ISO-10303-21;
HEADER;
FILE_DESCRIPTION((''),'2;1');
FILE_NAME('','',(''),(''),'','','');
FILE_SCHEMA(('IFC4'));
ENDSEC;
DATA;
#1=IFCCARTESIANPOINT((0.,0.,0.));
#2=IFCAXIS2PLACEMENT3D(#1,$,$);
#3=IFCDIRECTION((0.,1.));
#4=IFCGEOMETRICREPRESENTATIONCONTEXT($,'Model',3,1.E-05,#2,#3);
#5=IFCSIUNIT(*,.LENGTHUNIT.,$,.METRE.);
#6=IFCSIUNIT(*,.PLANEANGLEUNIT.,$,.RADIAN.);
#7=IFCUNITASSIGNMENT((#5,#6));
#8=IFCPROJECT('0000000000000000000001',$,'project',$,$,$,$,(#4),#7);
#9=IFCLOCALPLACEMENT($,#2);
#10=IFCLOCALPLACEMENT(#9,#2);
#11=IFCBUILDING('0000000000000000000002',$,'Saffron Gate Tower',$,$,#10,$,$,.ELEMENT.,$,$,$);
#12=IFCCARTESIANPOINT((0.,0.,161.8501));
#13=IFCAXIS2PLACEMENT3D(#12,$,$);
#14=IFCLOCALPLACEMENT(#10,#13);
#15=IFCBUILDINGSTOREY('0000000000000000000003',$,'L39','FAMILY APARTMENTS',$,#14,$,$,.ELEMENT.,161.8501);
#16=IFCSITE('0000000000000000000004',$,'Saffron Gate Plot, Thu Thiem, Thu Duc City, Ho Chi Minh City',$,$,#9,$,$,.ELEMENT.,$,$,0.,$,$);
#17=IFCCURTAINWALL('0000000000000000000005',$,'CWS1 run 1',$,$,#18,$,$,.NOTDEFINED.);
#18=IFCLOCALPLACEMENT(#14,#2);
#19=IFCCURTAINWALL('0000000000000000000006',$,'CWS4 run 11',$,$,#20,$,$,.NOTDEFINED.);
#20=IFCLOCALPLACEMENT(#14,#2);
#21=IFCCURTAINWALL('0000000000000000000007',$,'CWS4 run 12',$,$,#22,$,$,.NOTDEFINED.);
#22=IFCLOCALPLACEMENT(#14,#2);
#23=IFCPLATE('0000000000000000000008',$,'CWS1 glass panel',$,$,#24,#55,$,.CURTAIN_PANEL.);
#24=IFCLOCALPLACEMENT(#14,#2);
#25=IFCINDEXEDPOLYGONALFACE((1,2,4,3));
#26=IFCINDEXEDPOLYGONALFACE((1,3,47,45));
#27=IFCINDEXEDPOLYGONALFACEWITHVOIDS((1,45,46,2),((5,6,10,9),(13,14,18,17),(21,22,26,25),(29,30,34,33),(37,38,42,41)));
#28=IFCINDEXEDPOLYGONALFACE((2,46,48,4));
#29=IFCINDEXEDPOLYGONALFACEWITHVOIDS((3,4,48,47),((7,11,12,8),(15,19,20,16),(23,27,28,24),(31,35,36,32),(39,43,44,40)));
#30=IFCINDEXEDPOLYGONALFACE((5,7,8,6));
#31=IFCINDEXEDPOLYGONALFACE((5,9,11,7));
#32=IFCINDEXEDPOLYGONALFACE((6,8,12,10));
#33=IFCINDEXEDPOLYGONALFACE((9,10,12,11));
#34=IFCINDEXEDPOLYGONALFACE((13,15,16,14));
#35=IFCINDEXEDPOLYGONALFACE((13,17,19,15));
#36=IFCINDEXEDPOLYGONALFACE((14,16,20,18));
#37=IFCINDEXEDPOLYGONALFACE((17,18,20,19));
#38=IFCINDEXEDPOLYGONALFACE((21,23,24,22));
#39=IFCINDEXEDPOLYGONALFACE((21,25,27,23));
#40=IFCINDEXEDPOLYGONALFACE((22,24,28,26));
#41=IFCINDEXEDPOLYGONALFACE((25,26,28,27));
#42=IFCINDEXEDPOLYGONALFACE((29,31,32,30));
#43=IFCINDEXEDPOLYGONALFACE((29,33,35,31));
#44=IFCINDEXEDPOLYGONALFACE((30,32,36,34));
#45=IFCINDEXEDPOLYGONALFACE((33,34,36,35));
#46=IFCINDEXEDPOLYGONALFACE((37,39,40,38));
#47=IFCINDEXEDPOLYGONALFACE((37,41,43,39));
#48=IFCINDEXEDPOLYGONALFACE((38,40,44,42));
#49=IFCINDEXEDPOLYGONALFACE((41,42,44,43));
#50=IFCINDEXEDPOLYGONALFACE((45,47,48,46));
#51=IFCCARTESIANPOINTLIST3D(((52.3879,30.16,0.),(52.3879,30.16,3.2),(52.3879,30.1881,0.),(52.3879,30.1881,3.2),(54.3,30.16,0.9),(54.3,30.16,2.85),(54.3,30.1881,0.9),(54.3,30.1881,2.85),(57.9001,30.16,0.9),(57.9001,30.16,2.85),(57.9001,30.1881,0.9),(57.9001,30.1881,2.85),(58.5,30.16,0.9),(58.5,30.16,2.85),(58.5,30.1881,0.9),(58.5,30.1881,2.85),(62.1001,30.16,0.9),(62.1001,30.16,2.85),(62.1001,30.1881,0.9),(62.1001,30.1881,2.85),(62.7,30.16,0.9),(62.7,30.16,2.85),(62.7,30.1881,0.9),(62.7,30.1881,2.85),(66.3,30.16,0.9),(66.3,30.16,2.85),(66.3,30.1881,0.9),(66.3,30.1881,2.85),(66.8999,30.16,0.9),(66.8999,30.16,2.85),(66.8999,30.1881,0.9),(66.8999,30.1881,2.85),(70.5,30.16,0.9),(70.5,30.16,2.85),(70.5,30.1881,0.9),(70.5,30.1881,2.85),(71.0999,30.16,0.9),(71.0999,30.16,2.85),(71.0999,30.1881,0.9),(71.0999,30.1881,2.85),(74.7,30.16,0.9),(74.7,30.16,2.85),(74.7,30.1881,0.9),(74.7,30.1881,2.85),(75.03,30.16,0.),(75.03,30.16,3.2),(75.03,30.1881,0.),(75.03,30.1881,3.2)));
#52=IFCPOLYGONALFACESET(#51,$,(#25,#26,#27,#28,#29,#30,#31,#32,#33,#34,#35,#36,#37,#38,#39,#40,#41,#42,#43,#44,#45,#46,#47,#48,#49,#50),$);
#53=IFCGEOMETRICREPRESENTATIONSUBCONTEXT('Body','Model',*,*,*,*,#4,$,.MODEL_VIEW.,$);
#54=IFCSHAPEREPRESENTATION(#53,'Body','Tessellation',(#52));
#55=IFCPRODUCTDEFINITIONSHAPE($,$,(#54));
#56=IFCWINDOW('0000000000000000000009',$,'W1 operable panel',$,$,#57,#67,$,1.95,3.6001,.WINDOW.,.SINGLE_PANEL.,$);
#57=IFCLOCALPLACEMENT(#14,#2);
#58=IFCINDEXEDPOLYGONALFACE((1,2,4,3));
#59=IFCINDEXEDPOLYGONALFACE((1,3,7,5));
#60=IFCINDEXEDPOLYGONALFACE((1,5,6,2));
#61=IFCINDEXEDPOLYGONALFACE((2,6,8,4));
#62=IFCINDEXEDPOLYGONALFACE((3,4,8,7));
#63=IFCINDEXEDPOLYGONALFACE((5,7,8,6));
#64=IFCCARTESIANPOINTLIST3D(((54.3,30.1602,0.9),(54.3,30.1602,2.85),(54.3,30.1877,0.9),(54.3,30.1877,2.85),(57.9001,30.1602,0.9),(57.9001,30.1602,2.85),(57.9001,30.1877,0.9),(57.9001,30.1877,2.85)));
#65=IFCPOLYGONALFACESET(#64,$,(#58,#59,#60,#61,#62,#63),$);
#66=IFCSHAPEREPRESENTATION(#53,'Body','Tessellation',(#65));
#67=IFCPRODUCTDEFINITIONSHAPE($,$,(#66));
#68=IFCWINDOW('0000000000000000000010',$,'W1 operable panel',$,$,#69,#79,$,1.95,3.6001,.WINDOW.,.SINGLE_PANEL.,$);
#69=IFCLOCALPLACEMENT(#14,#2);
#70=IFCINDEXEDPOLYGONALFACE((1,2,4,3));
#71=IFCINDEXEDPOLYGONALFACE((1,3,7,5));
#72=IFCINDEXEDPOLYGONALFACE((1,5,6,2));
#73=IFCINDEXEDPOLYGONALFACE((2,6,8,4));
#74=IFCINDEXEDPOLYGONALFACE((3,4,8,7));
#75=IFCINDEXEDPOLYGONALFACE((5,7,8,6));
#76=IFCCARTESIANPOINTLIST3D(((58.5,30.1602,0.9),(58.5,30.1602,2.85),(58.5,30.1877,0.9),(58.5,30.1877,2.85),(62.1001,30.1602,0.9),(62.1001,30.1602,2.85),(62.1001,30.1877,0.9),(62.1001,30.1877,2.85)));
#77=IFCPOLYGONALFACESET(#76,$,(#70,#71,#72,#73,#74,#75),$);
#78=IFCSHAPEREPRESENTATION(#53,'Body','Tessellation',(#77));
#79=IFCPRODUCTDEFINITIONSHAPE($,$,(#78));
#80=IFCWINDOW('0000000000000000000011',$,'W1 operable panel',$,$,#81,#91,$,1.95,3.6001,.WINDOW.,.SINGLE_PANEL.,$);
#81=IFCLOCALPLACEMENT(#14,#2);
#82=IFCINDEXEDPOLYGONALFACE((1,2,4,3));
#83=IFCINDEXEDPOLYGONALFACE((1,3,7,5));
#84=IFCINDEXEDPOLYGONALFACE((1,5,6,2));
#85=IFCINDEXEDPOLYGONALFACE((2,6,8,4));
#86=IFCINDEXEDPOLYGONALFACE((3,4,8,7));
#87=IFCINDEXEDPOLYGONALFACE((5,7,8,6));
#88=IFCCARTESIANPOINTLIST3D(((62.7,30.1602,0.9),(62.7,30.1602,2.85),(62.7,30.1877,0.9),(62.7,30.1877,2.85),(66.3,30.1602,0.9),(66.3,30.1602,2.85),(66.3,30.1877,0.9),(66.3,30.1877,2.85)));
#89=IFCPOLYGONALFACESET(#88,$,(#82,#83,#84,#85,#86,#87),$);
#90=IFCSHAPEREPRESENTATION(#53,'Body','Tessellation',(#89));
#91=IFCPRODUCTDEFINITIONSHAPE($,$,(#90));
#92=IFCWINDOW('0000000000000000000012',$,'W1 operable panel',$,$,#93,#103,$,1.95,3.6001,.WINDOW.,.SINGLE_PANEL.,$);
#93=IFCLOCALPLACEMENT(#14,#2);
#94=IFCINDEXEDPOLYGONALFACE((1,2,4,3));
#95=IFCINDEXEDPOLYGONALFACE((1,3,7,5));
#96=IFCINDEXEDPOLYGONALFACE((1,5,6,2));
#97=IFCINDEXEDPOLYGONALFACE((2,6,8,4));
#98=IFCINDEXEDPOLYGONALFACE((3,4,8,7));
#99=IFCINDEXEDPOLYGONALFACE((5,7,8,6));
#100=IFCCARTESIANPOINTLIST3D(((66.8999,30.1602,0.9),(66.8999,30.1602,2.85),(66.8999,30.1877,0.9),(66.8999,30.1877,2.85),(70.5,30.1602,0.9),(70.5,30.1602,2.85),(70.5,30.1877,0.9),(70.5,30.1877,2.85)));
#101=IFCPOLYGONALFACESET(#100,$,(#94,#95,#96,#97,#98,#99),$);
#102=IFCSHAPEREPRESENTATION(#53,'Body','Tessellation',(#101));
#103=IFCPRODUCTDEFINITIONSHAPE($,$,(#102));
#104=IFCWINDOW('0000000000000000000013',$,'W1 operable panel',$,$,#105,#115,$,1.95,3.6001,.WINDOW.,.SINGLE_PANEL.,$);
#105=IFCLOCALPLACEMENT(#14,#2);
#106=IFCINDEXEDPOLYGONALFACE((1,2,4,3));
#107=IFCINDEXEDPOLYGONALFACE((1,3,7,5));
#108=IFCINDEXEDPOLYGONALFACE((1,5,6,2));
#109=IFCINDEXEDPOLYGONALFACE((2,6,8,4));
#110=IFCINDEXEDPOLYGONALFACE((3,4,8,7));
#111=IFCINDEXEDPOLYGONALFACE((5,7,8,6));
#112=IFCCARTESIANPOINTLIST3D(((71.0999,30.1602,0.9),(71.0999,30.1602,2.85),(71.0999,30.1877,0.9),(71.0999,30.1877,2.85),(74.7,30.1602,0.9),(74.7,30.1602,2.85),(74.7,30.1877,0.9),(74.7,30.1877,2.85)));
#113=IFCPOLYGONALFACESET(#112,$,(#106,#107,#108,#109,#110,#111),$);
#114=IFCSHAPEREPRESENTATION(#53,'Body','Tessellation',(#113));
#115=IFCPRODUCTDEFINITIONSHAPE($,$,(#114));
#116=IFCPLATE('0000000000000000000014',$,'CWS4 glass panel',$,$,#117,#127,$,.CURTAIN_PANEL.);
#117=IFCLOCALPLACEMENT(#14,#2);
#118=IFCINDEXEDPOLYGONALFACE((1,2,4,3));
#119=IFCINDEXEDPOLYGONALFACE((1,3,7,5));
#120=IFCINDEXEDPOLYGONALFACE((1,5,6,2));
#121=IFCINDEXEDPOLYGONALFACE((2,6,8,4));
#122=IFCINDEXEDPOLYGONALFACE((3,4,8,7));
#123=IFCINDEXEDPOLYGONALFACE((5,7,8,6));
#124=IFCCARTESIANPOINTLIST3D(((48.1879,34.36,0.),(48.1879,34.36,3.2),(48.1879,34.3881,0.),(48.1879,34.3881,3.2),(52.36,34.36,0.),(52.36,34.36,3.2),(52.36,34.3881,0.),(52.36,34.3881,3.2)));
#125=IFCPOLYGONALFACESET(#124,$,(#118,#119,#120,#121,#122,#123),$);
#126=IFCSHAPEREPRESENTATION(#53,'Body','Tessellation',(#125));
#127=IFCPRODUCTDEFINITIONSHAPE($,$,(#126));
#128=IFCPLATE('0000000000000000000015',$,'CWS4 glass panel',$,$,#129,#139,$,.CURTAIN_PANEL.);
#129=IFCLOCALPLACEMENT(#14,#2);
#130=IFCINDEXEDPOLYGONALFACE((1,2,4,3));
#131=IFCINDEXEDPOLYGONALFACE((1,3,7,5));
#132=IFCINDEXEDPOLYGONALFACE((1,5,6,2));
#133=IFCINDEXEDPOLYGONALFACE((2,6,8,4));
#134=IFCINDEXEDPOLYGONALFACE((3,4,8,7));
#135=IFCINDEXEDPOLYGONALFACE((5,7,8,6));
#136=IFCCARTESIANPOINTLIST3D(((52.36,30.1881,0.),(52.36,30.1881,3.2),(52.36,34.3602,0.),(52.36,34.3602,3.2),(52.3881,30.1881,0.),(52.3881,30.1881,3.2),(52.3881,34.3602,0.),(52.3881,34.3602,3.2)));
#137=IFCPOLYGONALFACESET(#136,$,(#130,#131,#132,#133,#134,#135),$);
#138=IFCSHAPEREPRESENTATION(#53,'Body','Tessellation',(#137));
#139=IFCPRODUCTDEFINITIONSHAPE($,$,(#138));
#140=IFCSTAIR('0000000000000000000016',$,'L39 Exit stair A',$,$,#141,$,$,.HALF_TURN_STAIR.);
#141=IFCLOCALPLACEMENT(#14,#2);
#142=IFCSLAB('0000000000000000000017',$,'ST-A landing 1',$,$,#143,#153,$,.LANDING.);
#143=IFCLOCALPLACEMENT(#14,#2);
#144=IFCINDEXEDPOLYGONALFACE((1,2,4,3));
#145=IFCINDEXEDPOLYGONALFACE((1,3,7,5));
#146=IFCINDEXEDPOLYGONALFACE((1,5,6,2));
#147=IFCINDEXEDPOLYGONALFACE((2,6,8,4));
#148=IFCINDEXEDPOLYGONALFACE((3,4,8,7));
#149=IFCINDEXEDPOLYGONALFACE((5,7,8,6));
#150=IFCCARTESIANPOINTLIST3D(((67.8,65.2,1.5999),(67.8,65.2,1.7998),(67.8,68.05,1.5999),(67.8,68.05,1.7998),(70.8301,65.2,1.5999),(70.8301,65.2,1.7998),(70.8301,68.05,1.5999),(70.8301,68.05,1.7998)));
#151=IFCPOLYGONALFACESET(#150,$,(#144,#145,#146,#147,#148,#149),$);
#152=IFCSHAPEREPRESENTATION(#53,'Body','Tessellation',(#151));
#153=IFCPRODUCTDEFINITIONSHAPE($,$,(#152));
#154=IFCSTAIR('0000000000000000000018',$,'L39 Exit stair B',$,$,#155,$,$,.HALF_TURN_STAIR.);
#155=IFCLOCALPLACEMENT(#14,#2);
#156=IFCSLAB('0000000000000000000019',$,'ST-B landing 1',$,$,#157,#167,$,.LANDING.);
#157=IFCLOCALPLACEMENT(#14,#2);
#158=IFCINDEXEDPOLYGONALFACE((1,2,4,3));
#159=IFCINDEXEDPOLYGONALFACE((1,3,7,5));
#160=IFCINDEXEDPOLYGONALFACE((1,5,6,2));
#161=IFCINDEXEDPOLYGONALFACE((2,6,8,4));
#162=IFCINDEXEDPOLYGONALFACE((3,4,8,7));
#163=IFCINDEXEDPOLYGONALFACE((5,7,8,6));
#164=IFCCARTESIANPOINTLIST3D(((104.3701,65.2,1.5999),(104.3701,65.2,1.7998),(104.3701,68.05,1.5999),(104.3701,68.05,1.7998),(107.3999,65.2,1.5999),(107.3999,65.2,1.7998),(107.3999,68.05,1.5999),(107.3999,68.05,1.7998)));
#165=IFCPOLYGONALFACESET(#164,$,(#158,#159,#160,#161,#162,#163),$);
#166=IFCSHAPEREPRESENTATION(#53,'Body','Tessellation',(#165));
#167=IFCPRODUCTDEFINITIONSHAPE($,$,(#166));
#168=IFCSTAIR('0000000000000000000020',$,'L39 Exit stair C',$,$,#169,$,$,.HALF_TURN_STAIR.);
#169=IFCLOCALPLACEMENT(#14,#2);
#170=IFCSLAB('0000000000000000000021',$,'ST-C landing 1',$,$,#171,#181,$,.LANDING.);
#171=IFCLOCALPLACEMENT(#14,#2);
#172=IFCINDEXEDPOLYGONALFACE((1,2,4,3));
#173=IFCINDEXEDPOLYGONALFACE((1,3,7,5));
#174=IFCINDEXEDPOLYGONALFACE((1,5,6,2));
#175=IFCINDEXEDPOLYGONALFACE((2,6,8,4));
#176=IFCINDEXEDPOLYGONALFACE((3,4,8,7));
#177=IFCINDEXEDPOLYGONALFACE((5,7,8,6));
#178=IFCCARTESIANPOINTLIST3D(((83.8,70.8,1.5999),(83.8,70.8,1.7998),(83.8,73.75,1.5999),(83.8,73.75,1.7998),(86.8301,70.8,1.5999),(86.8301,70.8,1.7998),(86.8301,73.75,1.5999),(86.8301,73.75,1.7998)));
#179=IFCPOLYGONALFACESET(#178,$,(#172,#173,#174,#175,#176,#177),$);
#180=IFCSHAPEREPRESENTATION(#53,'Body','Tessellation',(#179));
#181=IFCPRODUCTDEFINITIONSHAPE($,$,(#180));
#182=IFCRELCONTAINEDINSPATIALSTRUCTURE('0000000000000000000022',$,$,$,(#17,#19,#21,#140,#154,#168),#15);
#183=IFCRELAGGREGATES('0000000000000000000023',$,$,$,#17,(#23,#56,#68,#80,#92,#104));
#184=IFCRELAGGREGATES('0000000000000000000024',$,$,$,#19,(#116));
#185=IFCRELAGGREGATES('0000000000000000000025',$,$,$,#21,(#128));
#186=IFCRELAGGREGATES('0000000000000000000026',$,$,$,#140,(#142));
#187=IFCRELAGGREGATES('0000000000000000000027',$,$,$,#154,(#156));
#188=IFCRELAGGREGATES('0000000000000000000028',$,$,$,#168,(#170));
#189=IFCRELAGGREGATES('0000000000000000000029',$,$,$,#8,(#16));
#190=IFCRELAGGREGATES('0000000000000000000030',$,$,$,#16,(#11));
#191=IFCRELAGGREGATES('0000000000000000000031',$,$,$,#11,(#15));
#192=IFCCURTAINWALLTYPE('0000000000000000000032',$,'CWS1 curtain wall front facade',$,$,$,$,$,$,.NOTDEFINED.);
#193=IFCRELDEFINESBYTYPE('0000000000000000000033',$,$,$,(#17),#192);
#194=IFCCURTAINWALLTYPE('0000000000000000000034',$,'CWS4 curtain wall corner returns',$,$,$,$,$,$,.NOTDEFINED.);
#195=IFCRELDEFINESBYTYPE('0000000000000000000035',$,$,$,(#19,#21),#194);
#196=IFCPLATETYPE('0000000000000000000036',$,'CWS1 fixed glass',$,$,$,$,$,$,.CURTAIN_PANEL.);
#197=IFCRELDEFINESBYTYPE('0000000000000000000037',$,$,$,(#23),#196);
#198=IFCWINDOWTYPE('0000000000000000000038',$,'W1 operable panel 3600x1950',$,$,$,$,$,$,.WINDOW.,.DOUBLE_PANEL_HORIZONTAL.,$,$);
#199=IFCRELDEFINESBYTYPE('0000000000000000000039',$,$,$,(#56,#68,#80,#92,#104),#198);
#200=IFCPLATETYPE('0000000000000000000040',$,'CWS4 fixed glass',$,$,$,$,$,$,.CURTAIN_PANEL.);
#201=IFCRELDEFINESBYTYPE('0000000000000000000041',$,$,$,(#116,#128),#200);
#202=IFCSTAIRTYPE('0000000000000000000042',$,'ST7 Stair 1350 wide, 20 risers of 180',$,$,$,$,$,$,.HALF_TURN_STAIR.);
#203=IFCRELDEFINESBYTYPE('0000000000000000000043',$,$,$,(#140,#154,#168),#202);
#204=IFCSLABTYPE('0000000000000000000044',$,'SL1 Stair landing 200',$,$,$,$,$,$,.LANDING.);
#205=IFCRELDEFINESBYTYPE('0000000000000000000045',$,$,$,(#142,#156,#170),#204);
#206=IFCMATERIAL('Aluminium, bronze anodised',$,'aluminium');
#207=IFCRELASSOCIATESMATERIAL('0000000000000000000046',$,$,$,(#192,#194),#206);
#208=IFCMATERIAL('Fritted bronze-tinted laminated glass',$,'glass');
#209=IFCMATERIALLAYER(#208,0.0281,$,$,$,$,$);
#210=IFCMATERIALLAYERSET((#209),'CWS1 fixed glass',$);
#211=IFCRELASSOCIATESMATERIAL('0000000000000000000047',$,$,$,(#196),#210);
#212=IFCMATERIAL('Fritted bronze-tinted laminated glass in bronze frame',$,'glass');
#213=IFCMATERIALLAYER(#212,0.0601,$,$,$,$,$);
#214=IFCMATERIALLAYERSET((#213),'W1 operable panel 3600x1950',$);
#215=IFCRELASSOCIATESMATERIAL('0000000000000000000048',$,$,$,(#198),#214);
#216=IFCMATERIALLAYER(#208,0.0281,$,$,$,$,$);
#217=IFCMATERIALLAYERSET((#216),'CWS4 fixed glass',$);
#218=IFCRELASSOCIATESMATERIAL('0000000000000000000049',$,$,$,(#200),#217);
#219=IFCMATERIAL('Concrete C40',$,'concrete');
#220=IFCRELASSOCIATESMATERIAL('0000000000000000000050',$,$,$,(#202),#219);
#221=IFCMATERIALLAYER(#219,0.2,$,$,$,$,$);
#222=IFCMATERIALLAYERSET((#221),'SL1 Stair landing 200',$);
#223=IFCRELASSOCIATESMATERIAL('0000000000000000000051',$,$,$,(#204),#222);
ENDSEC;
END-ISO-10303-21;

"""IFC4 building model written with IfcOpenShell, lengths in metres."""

from ifc_helpers import new_model, si_unit, direction, frame, frame_2d, origin, place, context, subcontext, project, spatial, polyline, rectangle, outline, extrude, material, layer, layer_set, type_object, element, fill, aggregate, save


model = new_model("IFC4")

# Units and contexts
model_context = context("Model", 3, precision=1e-05, world=origin(), true_north=direction((0.0, 1.0)))
body_context = subcontext(model_context, "Body", "Model", "MODEL_VIEW")
ifc_project = project(units=[si_unit("LENGTHUNIT", "METRE"), si_unit("PLANEANGLEUNIT", "RADIAN")], contexts=[model_context])

# Site, building, storey
site_placement = place(None, origin())
site = spatial("IfcSite", under=ifc_project, at=site_placement, Name="Saffron Gate Plot, Thu Thiem, Thu Duc City, Ho Chi Minh City", CompositionType="ELEMENT", RefElevation=0.0)
building_placement = place(site_placement, origin())
building = spatial("IfcBuilding", under=site, at=building_placement, Name="Saffron Gate Tower", CompositionType="ELEMENT")
storey_placement = place(building_placement, frame((0.0, 0.0, 161.8501)))
storey = spatial("IfcBuildingStorey", under=building, at=storey_placement, Name="L39", Description="FAMILY APARTMENTS", CompositionType="ELEMENT", Elevation=161.8501)

# Curtain wall
ifc_material_1 = material(Name="Aluminium, bronze anodised", Category="aluminium")
curtain_wall_type_1 = type_object("IfcCurtainWallType", Name="CWS1 curtain wall front facade", PredefinedType="NOTDEFINED", material=ifc_material_1)
curtain_wall_1_placement = place(storey_placement, origin())
curtain_wall_1 = element("IfcCurtainWall", 1, at=curtain_wall_1_placement, inside=storey, type_object=curtain_wall_type_1, Name="CWS1 run 1", PredefinedType="NOTDEFINED")

# Curtain walls
curtain_wall_type_2 = type_object("IfcCurtainWallType", Name="CWS4 curtain wall corner returns", PredefinedType="NOTDEFINED", material=ifc_material_1)
curtain_wall_2_placement = place(storey_placement, origin())
curtain_wall_2 = element("IfcCurtainWall", 2, at=curtain_wall_2_placement, inside=storey, type_object=curtain_wall_type_2, Name="CWS4 run 11", PredefinedType="NOTDEFINED")
curtain_wall_3_placement = place(storey_placement, origin())
curtain_wall_3 = element("IfcCurtainWall", 3, at=curtain_wall_3_placement, inside=storey, type_object=curtain_wall_type_2, Name="CWS4 run 12", PredefinedType="NOTDEFINED")

# Plate, openings, windows
ifc_material_2 = material(Name="Fritted bronze-tinted laminated glass", Category="glass")
ifc_layer_1 = layer(ifc_material_2, 0.0281)
ifc_layer_set_1 = layer_set([ifc_layer_1], Name="CWS1 fixed glass")
plate_type_1 = type_object("IfcPlateType", Name="CWS1 fixed glass", PredefinedType="CURTAIN_PANEL", material=ifc_layer_set_1)
plate_1_placement = place(storey_placement, frame((52.3879, 30.1741, 0.0), z_axis=(0.0, 0.0, 1.0), x_axis=(1.0, 0.0, 0.0)))
plate_1 = element("IfcPlate", 4, at=plate_1_placement, type_object=plate_type_1, Name="CWS1 glass panel", PredefinedType="CURTAIN_PANEL", context=body_context, shape_type="SweptSolid", body=[
    extrude(rectangle(XDim=22.6421, YDim=0.0281, at=frame_2d((11.321, 0.0))), origin(), (0.0, 0.0, 1.0), 3.2),
])
opening_1_placement = place(plate_1_placement, frame((1.9121, 0.0, 0.8999)))
opening_1 = element("IfcOpeningElement", 5, at=opening_1_placement, cuts=plate_1, PredefinedType="OPENING", context=body_context, shape_type="SweptSolid", body=[
    extrude(rectangle(XDim=3.6001, YDim=1.95, at=frame_2d((1.8, 0.9751))), frame((0.0, 0.0239, 0.0), z_axis=(0.0, -1.0, 0.0), x_axis=(1.0, 0.0, 0.0)), (0.0, 0.0, 1.0), 0.0481),
])
opening_2_placement = place(plate_1_placement, frame((6.1121, 0.0, 0.8999)))
opening_2 = element("IfcOpeningElement", 6, at=opening_2_placement, cuts=plate_1, PredefinedType="OPENING", context=body_context, shape_type="SweptSolid", body=[
    extrude(rectangle(XDim=3.6001, YDim=1.95, at=frame_2d((1.8, 0.9751))), frame((0.0, 0.0239, 0.0), z_axis=(0.0, -1.0, 0.0), x_axis=(1.0, 0.0, 0.0)), (0.0, 0.0, 1.0), 0.0481),
])
opening_3_placement = place(plate_1_placement, frame((10.312, 0.0, 0.8999)))
opening_3 = element("IfcOpeningElement", 7, at=opening_3_placement, cuts=plate_1, PredefinedType="OPENING", context=body_context, shape_type="SweptSolid", body=[
    extrude(rectangle(XDim=3.6001, YDim=1.95, at=frame_2d((1.8, 0.9751))), frame((0.0, 0.0239, 0.0), z_axis=(0.0, -1.0, 0.0), x_axis=(1.0, 0.0, 0.0)), (0.0, 0.0, 1.0), 0.0481),
])
opening_4_placement = place(plate_1_placement, frame((14.512, 0.0, 0.8999)))
opening_4 = element("IfcOpeningElement", 8, at=opening_4_placement, cuts=plate_1, PredefinedType="OPENING", context=body_context, shape_type="SweptSolid", body=[
    extrude(rectangle(XDim=3.6001, YDim=1.95, at=frame_2d((1.8, 0.9751))), frame((0.0, 0.0239, 0.0), z_axis=(0.0, -1.0, 0.0), x_axis=(1.0, 0.0, 0.0)), (0.0, 0.0, 1.0), 0.0481),
])
opening_5_placement = place(plate_1_placement, frame((18.7119, 0.0, 0.8999)))
opening_5 = element("IfcOpeningElement", 9, at=opening_5_placement, cuts=plate_1, PredefinedType="OPENING", context=body_context, shape_type="SweptSolid", body=[
    extrude(rectangle(XDim=3.6001, YDim=1.95, at=frame_2d((1.8, 0.9751))), frame((0.0, 0.0239, 0.0), z_axis=(0.0, -1.0, 0.0), x_axis=(1.0, 0.0, 0.0)), (0.0, 0.0, 1.0), 0.0481),
])
ifc_material_3 = material(Name="Fritted bronze-tinted laminated glass in bronze frame", Category="glass")
ifc_layer_2 = layer(ifc_material_3, 0.0601)
ifc_layer_set_2 = layer_set([ifc_layer_2], Name="W1 operable panel 3600x1950")
window_type = type_object("IfcWindowType", Name="W1 operable panel 3600x1950", PartitioningType="DOUBLE_PANEL_HORIZONTAL", PredefinedType="WINDOW", material=ifc_layer_set_2)
window_1_placement = place(opening_1_placement, origin())
window_1 = element("IfcWindow", 10, at=window_1_placement, type_object=window_type, Name="W1 operable panel", OverallHeight=1.95, OverallWidth=3.6001, PartitioningType="SINGLE_PANEL", PredefinedType="WINDOW", context=body_context, shape_type="SweptSolid", body=[
    extrude(rectangle(XDim=3.6001, YDim=1.95, at=frame_2d((1.8, 0.9751))), frame((0.0, 0.0137, 0.0), z_axis=(0.0, -1.0, 0.0), x_axis=(1.0, 0.0, 0.0)), (0.0, 0.0, 1.0), 0.0276),
])
fill(opening_1, window_1)
window_2_placement = place(opening_2_placement, origin())
window_2 = element("IfcWindow", 11, at=window_2_placement, type_object=window_type, Name="W1 operable panel", OverallHeight=1.95, OverallWidth=3.6001, PartitioningType="SINGLE_PANEL", PredefinedType="WINDOW", context=body_context, shape_type="SweptSolid", body=[
    extrude(rectangle(XDim=3.6001, YDim=1.95, at=frame_2d((1.8, 0.9751))), frame((0.0, 0.0137, 0.0), z_axis=(0.0, -1.0, 0.0), x_axis=(1.0, 0.0, 0.0)), (0.0, 0.0, 1.0), 0.0276),
])
fill(opening_2, window_2)
window_3_placement = place(opening_3_placement, origin())
window_3 = element("IfcWindow", 12, at=window_3_placement, type_object=window_type, Name="W1 operable panel", OverallHeight=1.95, OverallWidth=3.6001, PartitioningType="SINGLE_PANEL", PredefinedType="WINDOW", context=body_context, shape_type="SweptSolid", body=[
    extrude(rectangle(XDim=3.6001, YDim=1.95, at=frame_2d((1.8, 0.9751))), frame((0.0, 0.0137, 0.0), z_axis=(0.0, -1.0, 0.0), x_axis=(1.0, 0.0, 0.0)), (0.0, 0.0, 1.0), 0.0276),
])
fill(opening_3, window_3)
window_4_placement = place(opening_4_placement, origin())
window_4 = element("IfcWindow", 13, at=window_4_placement, type_object=window_type, Name="W1 operable panel", OverallHeight=1.95, OverallWidth=3.6001, PartitioningType="SINGLE_PANEL", PredefinedType="WINDOW", context=body_context, shape_type="SweptSolid", body=[
    extrude(rectangle(XDim=3.6001, YDim=1.95, at=frame_2d((1.8, 0.9751))), frame((0.0, 0.0137, 0.0), z_axis=(0.0, -1.0, 0.0), x_axis=(1.0, 0.0, 0.0)), (0.0, 0.0, 1.0), 0.0276),
])
fill(opening_4, window_4)
window_5_placement = place(opening_5_placement, origin())
window_5 = element("IfcWindow", 14, at=window_5_placement, type_object=window_type, Name="W1 operable panel", OverallHeight=1.95, OverallWidth=3.6001, PartitioningType="SINGLE_PANEL", PredefinedType="WINDOW", context=body_context, shape_type="SweptSolid", body=[
    extrude(rectangle(XDim=3.6001, YDim=1.95, at=frame_2d((1.8, 0.9751))), frame((0.0, 0.0137, 0.0), z_axis=(0.0, -1.0, 0.0), x_axis=(1.0, 0.0, 0.0)), (0.0, 0.0, 1.0), 0.0276),
])
fill(opening_5, window_5)
aggregate(curtain_wall_1, [plate_1, window_1, window_2, window_3, window_4, window_5])

# Plates
ifc_layer_3 = layer(ifc_material_2, 0.0281)
ifc_layer_set_3 = layer_set([ifc_layer_3], Name="CWS4 fixed glass")
plate_type_2 = type_object("IfcPlateType", Name="CWS4 fixed glass", PredefinedType="CURTAIN_PANEL", material=ifc_layer_set_3)
plate_2_placement = place(storey_placement, frame((48.188, 34.374, 0.0), z_axis=(0.0, 0.0, 1.0), x_axis=(1.0, 0.0, 0.0)))
plate_2 = element("IfcPlate", 15, at=plate_2_placement, type_object=plate_type_2, Name="CWS4 glass panel", PredefinedType="CURTAIN_PANEL", context=body_context, shape_type="SweptSolid", body=[
    extrude(rectangle(XDim=4.1721, YDim=0.0281, at=frame_2d((2.0859, 0.0))), origin(), (0.0, 0.0, 1.0), 3.2),
])
aggregate(curtain_wall_2, [plate_2])
plate_3_placement = place(storey_placement, frame((52.374, 34.3601, 0.0), z_axis=(0.0, 0.0, 1.0), x_axis=(0.0, -1.0, 0.0)))
plate_3 = element("IfcPlate", 16, at=plate_3_placement, type_object=plate_type_2, Name="CWS4 glass panel", PredefinedType="CURTAIN_PANEL", context=body_context, shape_type="SweptSolid", body=[
    extrude(rectangle(XDim=4.1721, YDim=0.0281, at=frame_2d((2.0859, 0.0))), origin(), (0.0, 0.0, 1.0), 3.2),
])
aggregate(curtain_wall_3, [plate_3])

# Stairs, slabs
ifc_material_4 = material(Name="Concrete C40", Category="concrete")
stair_type = type_object("IfcStairType", Name="ST7 Stair 1350 wide, 20 risers of 180", PredefinedType="HALF_TURN_STAIR", material=ifc_material_4)
stair_1_placement = place(storey_placement, origin())
stair_1 = element("IfcStair", 17, at=stair_1_placement, inside=storey, type_object=stair_type, Name="L39 Exit stair A", PredefinedType="HALF_TURN_STAIR")
ifc_layer_4 = layer(ifc_material_4, 0.2)
ifc_layer_set_4 = layer_set([ifc_layer_4], Name="SL1 Stair landing 200")
slab_type = type_object("IfcSlabType", Name="SL1 Stair landing 200", PredefinedType="LANDING", material=ifc_layer_set_4)
slab_1_placement = place(storey_placement, frame((0.0, 0.0, 1.5999)))
slab_1 = element("IfcSlab", 18, at=slab_1_placement, type_object=slab_type, Name="ST-A landing 1", PredefinedType="LANDING", context=body_context, shape_type="SweptSolid", body=[
    extrude(outline(polyline([(70.8301, 68.05), (67.8, 68.05), (67.8, 65.2), (70.8301, 65.2), (70.8301, 68.05)])), origin(), (0.0, 0.0, 1.0), 0.2),
])
aggregate(stair_1, [slab_1])
stair_2_placement = place(storey_placement, origin())
stair_2 = element("IfcStair", 19, at=stair_2_placement, inside=storey, type_object=stair_type, Name="L39 Exit stair B", PredefinedType="HALF_TURN_STAIR")
slab_2_placement = place(storey_placement, frame((0.0, 0.0, 1.5999)))
slab_2 = element("IfcSlab", 20, at=slab_2_placement, type_object=slab_type, Name="ST-B landing 1", PredefinedType="LANDING", context=body_context, shape_type="SweptSolid", body=[
    extrude(outline(polyline([(104.3701, 65.2), (107.3999, 65.2), (107.3999, 68.05), (104.3701, 68.05), (104.3701, 65.2)])), origin(), (0.0, 0.0, 1.0), 0.2),
])
aggregate(stair_2, [slab_2])
stair_3_placement = place(storey_placement, origin())
stair_3 = element("IfcStair", 21, at=stair_3_placement, inside=storey, type_object=stair_type, Name="L39 Exit stair C", PredefinedType="HALF_TURN_STAIR")
slab_3_placement = place(storey_placement, frame((0.0, 0.0, 1.5999)))
slab_3 = element("IfcSlab", 22, at=slab_3_placement, type_object=slab_type, Name="ST-C landing 1", PredefinedType="LANDING", context=body_context, shape_type="SweptSolid", body=[
    extrude(outline(polyline([(86.8301, 73.75), (83.8, 73.75), (83.8, 70.8), (86.8301, 70.8), (86.8301, 73.75)])), origin(), (0.0, 0.0, 1.0), 0.2),
])
aggregate(stair_3, [slab_3])

save(model, "model.ifc")
